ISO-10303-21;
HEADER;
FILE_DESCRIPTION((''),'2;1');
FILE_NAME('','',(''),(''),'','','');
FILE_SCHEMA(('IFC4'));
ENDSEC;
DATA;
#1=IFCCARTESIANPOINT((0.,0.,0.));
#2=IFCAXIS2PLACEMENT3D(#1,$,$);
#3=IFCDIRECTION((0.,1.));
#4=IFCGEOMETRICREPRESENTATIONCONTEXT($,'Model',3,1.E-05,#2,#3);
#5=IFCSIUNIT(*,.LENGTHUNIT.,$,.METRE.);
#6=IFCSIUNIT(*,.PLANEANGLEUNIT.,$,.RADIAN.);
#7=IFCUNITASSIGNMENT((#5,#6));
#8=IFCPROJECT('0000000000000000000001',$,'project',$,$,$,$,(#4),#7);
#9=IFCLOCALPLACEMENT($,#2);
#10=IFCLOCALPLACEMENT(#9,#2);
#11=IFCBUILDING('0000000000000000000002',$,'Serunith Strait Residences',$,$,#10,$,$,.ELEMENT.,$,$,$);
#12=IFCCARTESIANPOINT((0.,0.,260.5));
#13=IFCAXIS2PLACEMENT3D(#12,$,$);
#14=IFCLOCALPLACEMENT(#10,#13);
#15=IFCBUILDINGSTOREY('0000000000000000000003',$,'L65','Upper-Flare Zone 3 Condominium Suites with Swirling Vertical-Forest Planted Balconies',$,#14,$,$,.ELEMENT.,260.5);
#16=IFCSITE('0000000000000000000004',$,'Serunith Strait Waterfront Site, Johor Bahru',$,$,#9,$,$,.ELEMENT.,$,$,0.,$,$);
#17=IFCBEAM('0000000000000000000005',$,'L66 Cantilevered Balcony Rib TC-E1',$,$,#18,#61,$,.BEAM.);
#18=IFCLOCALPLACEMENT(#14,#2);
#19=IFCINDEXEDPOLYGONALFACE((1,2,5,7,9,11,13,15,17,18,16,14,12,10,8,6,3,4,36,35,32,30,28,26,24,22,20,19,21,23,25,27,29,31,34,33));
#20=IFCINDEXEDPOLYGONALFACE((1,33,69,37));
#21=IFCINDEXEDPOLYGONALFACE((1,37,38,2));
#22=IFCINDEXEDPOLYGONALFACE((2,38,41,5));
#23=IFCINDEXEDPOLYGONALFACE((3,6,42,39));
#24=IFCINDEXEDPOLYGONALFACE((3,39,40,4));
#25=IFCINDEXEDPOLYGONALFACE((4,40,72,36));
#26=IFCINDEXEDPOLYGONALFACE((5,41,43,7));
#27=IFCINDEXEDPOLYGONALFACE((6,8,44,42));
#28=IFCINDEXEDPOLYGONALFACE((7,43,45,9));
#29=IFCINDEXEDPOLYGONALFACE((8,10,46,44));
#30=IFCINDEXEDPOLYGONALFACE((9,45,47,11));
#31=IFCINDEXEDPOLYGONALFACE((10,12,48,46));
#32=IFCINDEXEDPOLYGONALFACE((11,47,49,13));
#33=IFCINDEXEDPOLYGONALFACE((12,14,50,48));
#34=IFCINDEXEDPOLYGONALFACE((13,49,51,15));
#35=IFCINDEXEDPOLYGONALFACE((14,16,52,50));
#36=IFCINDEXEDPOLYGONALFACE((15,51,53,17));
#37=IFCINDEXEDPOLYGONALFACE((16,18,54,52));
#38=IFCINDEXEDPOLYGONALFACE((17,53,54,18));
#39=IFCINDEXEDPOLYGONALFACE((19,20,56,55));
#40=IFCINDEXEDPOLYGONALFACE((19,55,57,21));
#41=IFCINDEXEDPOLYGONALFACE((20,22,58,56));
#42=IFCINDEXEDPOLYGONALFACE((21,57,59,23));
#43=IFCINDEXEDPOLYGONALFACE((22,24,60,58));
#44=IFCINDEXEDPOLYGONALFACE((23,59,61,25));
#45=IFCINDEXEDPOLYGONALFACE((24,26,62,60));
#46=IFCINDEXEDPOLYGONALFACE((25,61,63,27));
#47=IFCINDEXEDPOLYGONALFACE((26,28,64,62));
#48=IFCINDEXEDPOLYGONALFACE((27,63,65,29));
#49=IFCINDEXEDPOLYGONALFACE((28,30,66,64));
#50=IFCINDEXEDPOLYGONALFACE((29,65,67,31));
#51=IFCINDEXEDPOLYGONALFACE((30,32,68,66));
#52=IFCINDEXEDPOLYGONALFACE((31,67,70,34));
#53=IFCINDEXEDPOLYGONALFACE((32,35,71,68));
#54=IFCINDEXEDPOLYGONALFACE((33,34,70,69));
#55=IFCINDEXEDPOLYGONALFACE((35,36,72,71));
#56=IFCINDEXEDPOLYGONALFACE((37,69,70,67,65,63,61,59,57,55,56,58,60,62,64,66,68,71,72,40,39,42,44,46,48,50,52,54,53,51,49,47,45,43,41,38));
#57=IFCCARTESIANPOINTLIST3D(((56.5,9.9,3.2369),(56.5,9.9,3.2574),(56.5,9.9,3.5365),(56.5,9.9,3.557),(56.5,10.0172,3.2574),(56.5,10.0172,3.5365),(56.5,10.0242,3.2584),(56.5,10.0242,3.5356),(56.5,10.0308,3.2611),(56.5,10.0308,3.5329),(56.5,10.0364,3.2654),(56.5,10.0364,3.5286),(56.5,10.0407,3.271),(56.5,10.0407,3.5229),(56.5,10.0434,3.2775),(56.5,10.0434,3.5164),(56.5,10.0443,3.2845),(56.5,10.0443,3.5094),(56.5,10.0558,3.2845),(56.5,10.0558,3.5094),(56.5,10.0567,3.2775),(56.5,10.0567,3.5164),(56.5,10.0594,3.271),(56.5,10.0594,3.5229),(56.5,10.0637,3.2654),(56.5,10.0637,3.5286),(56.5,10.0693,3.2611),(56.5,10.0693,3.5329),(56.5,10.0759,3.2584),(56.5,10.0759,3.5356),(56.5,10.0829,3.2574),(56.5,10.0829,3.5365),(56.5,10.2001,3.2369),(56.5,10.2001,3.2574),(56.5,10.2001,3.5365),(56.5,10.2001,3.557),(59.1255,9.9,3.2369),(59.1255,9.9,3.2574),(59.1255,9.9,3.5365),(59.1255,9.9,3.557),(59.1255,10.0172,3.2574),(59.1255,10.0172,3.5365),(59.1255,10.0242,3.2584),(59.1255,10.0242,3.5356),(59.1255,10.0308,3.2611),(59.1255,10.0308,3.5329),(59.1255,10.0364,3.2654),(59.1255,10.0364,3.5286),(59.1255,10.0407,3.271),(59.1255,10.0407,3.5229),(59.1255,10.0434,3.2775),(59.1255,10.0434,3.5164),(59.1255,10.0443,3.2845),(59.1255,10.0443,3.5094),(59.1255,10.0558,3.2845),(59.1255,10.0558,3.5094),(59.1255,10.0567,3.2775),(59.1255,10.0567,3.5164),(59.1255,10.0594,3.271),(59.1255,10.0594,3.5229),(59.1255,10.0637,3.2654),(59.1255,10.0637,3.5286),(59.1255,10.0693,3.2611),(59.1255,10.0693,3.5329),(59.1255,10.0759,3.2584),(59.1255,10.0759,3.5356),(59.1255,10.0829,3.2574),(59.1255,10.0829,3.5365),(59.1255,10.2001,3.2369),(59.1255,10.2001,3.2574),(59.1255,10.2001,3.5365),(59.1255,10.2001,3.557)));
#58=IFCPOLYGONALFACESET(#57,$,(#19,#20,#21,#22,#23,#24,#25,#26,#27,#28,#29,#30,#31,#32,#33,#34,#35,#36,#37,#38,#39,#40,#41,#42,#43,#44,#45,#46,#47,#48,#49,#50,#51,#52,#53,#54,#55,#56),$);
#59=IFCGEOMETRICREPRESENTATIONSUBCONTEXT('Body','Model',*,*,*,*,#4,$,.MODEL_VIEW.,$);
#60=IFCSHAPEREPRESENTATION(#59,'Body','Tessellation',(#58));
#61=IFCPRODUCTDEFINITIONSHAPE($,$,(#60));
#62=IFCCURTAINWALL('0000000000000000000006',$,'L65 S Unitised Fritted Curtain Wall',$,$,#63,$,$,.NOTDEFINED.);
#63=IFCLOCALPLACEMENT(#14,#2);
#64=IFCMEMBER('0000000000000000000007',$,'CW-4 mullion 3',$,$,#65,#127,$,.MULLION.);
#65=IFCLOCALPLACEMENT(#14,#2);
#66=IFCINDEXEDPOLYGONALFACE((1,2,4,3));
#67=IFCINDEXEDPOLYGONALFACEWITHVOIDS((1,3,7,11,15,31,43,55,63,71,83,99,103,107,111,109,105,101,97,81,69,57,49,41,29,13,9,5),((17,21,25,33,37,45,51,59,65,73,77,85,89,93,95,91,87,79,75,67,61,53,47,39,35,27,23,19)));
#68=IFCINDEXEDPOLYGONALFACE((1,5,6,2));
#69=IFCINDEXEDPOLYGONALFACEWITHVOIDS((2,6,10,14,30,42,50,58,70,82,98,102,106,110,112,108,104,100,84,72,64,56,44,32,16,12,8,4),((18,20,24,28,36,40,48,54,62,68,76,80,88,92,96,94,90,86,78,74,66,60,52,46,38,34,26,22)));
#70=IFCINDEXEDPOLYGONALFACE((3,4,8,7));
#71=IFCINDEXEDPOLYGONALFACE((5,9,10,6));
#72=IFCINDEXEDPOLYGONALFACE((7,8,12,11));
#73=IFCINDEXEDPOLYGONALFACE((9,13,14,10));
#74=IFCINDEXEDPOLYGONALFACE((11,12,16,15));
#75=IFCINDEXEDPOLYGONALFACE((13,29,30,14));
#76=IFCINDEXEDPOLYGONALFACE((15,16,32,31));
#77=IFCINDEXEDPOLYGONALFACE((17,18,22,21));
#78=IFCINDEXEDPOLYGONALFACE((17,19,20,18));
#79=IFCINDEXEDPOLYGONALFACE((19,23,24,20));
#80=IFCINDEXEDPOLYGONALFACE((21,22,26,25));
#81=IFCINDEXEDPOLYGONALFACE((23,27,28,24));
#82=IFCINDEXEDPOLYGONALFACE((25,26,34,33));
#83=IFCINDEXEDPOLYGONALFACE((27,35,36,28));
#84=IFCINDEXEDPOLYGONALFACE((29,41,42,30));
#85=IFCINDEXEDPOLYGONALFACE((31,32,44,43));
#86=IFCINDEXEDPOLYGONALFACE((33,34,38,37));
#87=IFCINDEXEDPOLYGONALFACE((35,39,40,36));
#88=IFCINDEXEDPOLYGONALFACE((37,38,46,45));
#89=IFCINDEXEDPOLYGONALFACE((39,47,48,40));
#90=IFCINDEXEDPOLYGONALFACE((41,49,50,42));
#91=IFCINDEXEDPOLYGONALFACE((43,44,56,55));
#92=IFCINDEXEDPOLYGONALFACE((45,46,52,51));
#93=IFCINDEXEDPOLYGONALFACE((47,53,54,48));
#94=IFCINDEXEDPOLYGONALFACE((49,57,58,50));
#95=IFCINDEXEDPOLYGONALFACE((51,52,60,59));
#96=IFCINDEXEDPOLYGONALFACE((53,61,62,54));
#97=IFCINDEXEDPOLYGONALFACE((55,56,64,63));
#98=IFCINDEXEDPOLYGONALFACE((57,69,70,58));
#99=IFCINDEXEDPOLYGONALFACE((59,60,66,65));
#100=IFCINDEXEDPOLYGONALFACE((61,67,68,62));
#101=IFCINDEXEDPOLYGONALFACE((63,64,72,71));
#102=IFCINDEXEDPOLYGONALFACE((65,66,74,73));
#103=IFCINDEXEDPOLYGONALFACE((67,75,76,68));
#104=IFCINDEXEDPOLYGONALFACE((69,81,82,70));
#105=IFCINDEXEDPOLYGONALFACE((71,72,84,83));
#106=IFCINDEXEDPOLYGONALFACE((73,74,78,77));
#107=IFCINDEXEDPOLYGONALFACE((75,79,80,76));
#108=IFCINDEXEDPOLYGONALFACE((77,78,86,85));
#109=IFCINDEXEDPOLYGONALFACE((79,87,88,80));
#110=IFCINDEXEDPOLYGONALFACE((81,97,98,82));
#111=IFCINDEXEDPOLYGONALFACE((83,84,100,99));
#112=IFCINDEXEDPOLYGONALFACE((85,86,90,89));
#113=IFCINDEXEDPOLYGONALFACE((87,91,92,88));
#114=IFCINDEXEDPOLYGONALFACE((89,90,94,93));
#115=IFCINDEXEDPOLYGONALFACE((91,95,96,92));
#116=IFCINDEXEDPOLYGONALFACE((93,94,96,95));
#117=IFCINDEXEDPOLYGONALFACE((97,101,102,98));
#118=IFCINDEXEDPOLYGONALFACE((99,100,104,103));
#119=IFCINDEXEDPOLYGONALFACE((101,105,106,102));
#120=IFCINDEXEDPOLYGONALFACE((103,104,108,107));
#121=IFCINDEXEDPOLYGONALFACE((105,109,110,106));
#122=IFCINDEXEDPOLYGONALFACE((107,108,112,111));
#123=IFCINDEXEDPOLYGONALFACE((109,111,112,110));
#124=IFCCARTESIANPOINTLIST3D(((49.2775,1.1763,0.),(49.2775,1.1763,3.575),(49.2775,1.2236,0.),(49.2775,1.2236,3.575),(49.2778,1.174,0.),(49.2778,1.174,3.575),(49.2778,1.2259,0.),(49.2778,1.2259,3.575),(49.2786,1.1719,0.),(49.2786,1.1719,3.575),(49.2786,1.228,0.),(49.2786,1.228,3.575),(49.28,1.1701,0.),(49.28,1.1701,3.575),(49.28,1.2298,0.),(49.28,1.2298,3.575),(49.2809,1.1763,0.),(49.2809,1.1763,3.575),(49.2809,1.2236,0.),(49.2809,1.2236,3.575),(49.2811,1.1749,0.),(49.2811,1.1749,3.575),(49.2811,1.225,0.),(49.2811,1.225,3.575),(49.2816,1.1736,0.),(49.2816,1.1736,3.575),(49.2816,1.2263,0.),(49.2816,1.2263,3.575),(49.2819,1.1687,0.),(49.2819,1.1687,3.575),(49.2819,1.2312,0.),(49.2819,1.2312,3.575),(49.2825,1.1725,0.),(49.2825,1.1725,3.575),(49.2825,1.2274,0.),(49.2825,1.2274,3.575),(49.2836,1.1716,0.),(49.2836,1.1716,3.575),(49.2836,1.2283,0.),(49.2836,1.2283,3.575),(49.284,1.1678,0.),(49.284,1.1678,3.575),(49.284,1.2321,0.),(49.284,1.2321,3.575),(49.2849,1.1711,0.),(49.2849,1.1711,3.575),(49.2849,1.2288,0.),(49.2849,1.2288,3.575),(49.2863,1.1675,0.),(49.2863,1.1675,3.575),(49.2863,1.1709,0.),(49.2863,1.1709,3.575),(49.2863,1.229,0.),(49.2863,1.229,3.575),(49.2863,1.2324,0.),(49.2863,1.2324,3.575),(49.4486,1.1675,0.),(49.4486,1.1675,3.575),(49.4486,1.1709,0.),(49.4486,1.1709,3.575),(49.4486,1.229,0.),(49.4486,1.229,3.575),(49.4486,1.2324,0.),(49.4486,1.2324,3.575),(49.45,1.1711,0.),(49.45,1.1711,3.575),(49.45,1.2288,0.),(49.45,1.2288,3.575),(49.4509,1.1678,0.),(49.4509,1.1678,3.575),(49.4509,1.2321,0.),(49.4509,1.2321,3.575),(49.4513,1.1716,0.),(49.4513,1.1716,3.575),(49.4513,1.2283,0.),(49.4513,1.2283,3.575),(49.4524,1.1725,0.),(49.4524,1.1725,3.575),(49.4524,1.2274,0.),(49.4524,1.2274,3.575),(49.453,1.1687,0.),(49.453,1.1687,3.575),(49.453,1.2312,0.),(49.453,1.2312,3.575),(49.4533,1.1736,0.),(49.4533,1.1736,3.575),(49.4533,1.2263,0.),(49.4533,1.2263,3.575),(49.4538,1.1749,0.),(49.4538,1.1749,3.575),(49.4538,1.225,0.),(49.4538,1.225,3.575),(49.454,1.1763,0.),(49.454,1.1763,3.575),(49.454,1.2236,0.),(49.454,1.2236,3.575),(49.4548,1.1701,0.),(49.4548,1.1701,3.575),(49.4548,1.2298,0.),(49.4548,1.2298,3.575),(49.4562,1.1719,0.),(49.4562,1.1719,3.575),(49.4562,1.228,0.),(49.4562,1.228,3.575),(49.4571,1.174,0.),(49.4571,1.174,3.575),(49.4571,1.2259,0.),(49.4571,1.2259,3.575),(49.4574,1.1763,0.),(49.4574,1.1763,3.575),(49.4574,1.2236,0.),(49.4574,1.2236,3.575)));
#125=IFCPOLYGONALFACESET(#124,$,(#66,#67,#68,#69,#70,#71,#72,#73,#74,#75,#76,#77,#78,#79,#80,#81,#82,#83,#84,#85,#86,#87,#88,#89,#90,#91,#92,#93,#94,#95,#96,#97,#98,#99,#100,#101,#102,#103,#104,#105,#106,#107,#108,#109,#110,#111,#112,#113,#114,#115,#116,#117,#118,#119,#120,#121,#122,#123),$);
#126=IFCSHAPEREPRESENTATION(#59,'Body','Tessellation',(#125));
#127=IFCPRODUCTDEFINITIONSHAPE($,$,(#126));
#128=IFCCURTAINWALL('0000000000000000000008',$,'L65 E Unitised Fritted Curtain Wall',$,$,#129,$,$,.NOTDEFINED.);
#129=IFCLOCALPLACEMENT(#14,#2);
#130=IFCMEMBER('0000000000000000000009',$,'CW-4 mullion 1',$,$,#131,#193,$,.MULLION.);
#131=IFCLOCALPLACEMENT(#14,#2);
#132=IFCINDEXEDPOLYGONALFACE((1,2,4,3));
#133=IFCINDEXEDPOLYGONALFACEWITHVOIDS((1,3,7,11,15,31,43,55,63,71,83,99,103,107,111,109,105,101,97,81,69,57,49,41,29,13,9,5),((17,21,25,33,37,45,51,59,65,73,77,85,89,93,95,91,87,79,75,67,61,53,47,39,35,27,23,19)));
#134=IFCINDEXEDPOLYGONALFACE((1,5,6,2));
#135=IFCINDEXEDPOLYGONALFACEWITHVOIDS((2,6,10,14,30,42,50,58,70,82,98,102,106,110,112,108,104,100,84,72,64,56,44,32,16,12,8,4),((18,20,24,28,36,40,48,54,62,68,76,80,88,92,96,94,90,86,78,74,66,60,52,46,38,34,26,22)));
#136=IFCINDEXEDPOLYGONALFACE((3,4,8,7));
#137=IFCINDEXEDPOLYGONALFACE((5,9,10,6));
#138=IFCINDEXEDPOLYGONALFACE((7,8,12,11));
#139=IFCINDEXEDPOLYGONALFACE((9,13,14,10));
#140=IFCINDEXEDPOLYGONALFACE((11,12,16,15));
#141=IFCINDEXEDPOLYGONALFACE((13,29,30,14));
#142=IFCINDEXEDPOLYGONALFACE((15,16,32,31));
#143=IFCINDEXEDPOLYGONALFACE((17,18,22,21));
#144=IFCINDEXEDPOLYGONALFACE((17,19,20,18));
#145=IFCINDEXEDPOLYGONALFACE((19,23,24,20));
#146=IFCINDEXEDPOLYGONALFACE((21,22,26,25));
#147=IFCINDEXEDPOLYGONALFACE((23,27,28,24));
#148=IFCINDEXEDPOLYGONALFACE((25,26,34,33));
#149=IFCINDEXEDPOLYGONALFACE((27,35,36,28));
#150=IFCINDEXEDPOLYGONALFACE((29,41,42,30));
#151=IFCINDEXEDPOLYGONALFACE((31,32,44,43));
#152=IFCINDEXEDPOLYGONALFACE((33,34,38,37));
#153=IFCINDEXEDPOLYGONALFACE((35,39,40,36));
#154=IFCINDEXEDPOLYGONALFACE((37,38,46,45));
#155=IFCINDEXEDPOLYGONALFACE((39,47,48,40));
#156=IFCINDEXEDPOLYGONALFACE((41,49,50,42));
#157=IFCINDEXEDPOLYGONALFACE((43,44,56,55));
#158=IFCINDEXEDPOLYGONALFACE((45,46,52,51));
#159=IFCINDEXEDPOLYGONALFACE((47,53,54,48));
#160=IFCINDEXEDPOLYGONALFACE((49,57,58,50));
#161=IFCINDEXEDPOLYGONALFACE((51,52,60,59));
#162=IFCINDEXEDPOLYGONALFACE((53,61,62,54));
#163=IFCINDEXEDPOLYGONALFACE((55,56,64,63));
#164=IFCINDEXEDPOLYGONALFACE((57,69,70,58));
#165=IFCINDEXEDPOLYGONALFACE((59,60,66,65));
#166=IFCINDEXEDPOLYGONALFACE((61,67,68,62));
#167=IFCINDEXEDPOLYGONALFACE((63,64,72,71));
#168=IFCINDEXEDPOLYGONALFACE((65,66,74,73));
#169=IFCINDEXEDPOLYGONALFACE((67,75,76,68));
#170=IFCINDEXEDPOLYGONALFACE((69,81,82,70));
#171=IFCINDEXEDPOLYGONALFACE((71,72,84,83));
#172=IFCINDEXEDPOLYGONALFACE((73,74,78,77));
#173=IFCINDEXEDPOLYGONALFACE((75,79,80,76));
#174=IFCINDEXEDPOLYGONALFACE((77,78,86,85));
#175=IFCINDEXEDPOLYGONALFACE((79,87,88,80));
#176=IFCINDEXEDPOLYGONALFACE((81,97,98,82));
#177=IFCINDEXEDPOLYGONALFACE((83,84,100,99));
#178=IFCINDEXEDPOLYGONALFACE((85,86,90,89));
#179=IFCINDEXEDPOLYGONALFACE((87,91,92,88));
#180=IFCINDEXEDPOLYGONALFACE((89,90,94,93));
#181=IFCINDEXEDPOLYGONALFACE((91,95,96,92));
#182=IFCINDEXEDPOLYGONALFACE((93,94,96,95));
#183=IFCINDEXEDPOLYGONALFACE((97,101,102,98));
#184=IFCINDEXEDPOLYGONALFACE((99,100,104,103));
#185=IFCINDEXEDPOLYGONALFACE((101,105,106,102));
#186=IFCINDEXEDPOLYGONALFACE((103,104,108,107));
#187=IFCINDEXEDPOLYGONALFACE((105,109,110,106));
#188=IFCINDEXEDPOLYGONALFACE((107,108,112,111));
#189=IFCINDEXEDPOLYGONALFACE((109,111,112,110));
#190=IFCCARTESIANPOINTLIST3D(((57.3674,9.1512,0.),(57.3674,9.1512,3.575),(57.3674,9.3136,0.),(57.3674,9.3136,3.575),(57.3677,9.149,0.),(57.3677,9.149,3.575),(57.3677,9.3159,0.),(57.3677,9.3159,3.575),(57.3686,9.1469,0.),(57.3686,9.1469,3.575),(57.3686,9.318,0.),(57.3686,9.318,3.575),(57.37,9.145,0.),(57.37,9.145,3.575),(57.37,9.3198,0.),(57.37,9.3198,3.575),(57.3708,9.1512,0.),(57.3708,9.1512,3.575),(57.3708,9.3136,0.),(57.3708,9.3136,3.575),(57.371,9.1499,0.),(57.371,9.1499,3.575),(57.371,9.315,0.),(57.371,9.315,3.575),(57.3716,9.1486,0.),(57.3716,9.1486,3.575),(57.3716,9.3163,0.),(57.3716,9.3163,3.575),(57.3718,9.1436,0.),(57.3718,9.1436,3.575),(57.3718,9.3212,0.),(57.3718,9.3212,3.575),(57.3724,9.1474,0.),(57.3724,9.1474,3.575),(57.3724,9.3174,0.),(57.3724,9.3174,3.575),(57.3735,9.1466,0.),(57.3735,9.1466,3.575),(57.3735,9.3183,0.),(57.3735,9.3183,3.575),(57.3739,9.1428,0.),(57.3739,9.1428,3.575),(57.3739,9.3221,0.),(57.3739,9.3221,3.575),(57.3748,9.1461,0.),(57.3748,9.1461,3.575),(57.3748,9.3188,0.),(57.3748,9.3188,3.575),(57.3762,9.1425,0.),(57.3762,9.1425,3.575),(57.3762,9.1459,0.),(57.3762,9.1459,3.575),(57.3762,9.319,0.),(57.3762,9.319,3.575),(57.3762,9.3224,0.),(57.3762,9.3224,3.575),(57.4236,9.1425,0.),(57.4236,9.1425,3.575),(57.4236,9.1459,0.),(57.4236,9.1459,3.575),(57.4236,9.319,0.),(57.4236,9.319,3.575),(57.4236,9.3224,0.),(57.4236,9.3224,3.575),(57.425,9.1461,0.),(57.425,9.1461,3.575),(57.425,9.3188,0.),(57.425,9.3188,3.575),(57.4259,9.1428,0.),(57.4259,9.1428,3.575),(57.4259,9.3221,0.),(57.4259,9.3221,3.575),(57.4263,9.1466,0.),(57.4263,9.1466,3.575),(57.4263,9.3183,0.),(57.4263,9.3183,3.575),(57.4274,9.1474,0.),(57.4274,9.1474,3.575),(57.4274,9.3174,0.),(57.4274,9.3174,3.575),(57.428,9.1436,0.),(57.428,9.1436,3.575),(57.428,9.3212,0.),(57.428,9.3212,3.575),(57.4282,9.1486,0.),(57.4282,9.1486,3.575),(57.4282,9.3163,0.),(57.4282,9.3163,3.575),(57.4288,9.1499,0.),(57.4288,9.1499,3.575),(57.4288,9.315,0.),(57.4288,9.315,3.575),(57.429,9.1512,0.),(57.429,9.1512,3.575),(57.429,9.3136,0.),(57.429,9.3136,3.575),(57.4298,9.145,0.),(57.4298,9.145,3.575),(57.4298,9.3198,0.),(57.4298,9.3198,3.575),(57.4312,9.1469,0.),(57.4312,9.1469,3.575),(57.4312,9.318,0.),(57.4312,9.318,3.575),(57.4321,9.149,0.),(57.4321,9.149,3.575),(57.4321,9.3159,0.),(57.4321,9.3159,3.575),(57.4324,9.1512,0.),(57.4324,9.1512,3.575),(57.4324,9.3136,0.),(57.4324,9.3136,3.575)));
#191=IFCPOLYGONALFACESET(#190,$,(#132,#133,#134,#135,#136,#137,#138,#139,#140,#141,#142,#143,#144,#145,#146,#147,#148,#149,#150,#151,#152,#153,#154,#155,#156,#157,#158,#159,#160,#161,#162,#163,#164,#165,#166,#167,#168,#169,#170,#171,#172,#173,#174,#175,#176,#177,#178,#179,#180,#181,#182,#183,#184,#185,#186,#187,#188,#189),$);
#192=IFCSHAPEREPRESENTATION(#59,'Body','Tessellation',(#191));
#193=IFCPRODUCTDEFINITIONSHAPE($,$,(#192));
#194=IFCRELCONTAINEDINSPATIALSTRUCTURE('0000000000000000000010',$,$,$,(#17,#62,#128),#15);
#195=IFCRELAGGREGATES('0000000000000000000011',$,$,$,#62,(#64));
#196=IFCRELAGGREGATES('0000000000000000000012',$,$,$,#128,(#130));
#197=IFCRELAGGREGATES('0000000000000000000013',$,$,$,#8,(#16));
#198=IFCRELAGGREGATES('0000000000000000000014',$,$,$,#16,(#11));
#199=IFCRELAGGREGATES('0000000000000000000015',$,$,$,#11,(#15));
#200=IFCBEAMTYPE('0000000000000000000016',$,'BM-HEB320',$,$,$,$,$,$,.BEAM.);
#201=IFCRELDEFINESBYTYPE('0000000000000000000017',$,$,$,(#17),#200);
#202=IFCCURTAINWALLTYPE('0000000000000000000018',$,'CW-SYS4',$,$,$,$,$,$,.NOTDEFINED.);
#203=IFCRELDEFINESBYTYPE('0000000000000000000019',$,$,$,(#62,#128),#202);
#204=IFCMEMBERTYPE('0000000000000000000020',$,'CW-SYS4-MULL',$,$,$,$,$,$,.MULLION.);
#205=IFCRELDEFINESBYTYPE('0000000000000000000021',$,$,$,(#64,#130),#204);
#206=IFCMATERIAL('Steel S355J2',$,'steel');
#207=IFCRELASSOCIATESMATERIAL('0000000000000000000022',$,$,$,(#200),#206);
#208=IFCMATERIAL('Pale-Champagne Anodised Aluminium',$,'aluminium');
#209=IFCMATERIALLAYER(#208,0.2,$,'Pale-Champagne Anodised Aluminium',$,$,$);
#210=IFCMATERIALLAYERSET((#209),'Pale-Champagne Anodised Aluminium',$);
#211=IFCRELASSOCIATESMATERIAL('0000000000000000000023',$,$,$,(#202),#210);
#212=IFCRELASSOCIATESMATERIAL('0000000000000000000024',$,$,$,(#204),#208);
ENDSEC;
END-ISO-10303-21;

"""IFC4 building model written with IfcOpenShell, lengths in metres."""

from ifc_helpers import new_model, si_unit, direction, frame, origin, origin_2d, place, context, subcontext, project, spatial, hollow_rectangle, i_section, extrude, source, transform, mapped, material, layer, layer_set, material_profile, profile_set, type_object, element, aggregate, save


model = new_model("IFC4")

# Units and contexts
model_context = context("Model", 3, precision=1e-05, world=origin(), true_north=direction((0.0, 1.0)))
body_context = subcontext(model_context, "Body", "Model", "MODEL_VIEW")
ifc_project = project(units=[si_unit("LENGTHUNIT", "METRE"), si_unit("PLANEANGLEUNIT", "RADIAN")], contexts=[model_context])

# Site, building, storey
site_placement = place(None, origin())
site = spatial("IfcSite", under=ifc_project, at=site_placement, Name="Serunith Strait Waterfront Site, Johor Bahru", CompositionType="ELEMENT", RefElevation=0.0)
building_placement = place(site_placement, origin())
building = spatial("IfcBuilding", under=site, at=building_placement, Name="Serunith Strait Residences", CompositionType="ELEMENT")
storey_placement = place(building_placement, frame((0.0, 0.0, 260.5)))
storey = spatial("IfcBuildingStorey", under=building, at=storey_placement, Name="L65", Description="Upper-Flare Zone 3 Condominium Suites with Swirling Vertical-Forest Planted Balconies", CompositionType="ELEMENT", Elevation=260.5)

# Beam
ifc_material_1 = material(Name="Steel S355J2", Category="steel")
ifc_material_profile_1 = material_profile(ifc_material_1, i_section(OverallWidth=0.3, OverallDepth=0.3201, WebThickness=0.0115, FlangeThickness=0.0205, FilletRadius=0.0271, at=origin_2d()), Name="HEB 320")
ifc_profile_set_1 = profile_set([ifc_material_profile_1], Name="Steel S355J2")
beam_type_1 = type_object("IfcBeamType", Name="BM-HEB320", PredefinedType="BEAM", material=ifc_profile_set_1)
shared_shape_1 = source(origin(), body_context, "Body", "SweptSolid", [
    extrude(i_section(OverallWidth=0.3, OverallDepth=0.3201, WebThickness=0.0115, FlangeThickness=0.0205, FilletRadius=0.0271, at=origin_2d()), origin(), (0.0, 0.0, 1.0), 2.6255),
])
beam_1_placement = place(storey_placement, frame((56.5, 10.05, 3.397), z_axis=(1.0, 0.0, 0.0), x_axis=(0.0, 1.0, 0.0)))
element("IfcBeam", 1, at=beam_1_placement, inside=storey, type_object=beam_type_1, Name="L66 Cantilevered Balcony Rib TC-E1", PredefinedType="BEAM", context=body_context, shape_type="MappedRepresentation", body=[
    mapped(shared_shape_1, transform((0.0, 0.0, 0.0), scale=1.0)),
])

# Curtain wall, member
ifc_material_2 = material(Name="Pale-Champagne Anodised Aluminium", Category="aluminium")
ifc_layer_1 = layer(ifc_material_2, 0.2, Name="Pale-Champagne Anodised Aluminium")
ifc_layer_set_1 = layer_set([ifc_layer_1], Name="Pale-Champagne Anodised Aluminium")
curtain_wall_type = type_object("IfcCurtainWallType", Name="CW-SYS4", PredefinedType="NOTDEFINED", material=ifc_layer_set_1)
curtain_wall_1_placement = place(storey_placement, origin())
curtain_wall_1 = element("IfcCurtainWall", 2, at=curtain_wall_1_placement, inside=storey, type_object=curtain_wall_type, Name="L65 S Unitised Fritted Curtain Wall", PredefinedType="NOTDEFINED")
ifc_material_profile_2 = material_profile(ifc_material_2, hollow_rectangle(XDim=0.0649, YDim=0.1799, WallThickness=0.0034, InnerFilletRadius=0.0054, OuterFilletRadius=0.0088, at=origin_2d()), Name="ALU 180x65x3.5")
ifc_profile_set_2 = profile_set([ifc_material_profile_2], Name="Pale-Champagne Anodised Aluminium")
member_type_1 = type_object("IfcMemberType", Name="CW-SYS4-MULL", PredefinedType="MULLION", material=ifc_profile_set_2)
shared_shape_2 = source(origin(), body_context, "Body", "SweptSolid", [
    extrude(hollow_rectangle(XDim=0.0649, YDim=0.1799, WallThickness=0.0034, InnerFilletRadius=0.0054, OuterFilletRadius=0.0088, at=origin_2d()), origin(), (0.0, 0.0, 1.0), 3.575),
])
member_1_placement = place(storey_placement, frame((49.3674, 1.2, 0.0), z_axis=(0.0, 0.0, 1.0), x_axis=(0.0, 1.0, 0.0)))
member_1 = element("IfcMember", 3, at=member_1_placement, type_object=member_type_1, Name="CW-4 mullion 3", PredefinedType="MULLION", context=body_context, shape_type="MappedRepresentation", body=[
    mapped(shared_shape_2, transform((0.0, 0.0, 0.0), scale=1.0)),
])
aggregate(curtain_wall_1, [member_1])

# Curtain wall, member
curtain_wall_2_placement = place(storey_placement, origin())
curtain_wall_2 = element("IfcCurtainWall", 4, at=curtain_wall_2_placement, inside=storey, type_object=curtain_wall_type, Name="L65 E Unitised Fritted Curtain Wall", PredefinedType="NOTDEFINED")
member_2_placement = place(storey_placement, frame((57.3999, 9.2324, 0.0), z_axis=(0.0, 0.0, 1.0), x_axis=(-1.0, 0.0, 0.0)))
member_2 = element("IfcMember", 5, at=member_2_placement, type_object=member_type_1, Name="CW-4 mullion 1", PredefinedType="MULLION", context=body_context, shape_type="MappedRepresentation", body=[
    mapped(shared_shape_2, transform((0.0, 0.0, 0.0), scale=1.0)),
])
aggregate(curtain_wall_2, [member_2])

save(model, "model.ifc")
